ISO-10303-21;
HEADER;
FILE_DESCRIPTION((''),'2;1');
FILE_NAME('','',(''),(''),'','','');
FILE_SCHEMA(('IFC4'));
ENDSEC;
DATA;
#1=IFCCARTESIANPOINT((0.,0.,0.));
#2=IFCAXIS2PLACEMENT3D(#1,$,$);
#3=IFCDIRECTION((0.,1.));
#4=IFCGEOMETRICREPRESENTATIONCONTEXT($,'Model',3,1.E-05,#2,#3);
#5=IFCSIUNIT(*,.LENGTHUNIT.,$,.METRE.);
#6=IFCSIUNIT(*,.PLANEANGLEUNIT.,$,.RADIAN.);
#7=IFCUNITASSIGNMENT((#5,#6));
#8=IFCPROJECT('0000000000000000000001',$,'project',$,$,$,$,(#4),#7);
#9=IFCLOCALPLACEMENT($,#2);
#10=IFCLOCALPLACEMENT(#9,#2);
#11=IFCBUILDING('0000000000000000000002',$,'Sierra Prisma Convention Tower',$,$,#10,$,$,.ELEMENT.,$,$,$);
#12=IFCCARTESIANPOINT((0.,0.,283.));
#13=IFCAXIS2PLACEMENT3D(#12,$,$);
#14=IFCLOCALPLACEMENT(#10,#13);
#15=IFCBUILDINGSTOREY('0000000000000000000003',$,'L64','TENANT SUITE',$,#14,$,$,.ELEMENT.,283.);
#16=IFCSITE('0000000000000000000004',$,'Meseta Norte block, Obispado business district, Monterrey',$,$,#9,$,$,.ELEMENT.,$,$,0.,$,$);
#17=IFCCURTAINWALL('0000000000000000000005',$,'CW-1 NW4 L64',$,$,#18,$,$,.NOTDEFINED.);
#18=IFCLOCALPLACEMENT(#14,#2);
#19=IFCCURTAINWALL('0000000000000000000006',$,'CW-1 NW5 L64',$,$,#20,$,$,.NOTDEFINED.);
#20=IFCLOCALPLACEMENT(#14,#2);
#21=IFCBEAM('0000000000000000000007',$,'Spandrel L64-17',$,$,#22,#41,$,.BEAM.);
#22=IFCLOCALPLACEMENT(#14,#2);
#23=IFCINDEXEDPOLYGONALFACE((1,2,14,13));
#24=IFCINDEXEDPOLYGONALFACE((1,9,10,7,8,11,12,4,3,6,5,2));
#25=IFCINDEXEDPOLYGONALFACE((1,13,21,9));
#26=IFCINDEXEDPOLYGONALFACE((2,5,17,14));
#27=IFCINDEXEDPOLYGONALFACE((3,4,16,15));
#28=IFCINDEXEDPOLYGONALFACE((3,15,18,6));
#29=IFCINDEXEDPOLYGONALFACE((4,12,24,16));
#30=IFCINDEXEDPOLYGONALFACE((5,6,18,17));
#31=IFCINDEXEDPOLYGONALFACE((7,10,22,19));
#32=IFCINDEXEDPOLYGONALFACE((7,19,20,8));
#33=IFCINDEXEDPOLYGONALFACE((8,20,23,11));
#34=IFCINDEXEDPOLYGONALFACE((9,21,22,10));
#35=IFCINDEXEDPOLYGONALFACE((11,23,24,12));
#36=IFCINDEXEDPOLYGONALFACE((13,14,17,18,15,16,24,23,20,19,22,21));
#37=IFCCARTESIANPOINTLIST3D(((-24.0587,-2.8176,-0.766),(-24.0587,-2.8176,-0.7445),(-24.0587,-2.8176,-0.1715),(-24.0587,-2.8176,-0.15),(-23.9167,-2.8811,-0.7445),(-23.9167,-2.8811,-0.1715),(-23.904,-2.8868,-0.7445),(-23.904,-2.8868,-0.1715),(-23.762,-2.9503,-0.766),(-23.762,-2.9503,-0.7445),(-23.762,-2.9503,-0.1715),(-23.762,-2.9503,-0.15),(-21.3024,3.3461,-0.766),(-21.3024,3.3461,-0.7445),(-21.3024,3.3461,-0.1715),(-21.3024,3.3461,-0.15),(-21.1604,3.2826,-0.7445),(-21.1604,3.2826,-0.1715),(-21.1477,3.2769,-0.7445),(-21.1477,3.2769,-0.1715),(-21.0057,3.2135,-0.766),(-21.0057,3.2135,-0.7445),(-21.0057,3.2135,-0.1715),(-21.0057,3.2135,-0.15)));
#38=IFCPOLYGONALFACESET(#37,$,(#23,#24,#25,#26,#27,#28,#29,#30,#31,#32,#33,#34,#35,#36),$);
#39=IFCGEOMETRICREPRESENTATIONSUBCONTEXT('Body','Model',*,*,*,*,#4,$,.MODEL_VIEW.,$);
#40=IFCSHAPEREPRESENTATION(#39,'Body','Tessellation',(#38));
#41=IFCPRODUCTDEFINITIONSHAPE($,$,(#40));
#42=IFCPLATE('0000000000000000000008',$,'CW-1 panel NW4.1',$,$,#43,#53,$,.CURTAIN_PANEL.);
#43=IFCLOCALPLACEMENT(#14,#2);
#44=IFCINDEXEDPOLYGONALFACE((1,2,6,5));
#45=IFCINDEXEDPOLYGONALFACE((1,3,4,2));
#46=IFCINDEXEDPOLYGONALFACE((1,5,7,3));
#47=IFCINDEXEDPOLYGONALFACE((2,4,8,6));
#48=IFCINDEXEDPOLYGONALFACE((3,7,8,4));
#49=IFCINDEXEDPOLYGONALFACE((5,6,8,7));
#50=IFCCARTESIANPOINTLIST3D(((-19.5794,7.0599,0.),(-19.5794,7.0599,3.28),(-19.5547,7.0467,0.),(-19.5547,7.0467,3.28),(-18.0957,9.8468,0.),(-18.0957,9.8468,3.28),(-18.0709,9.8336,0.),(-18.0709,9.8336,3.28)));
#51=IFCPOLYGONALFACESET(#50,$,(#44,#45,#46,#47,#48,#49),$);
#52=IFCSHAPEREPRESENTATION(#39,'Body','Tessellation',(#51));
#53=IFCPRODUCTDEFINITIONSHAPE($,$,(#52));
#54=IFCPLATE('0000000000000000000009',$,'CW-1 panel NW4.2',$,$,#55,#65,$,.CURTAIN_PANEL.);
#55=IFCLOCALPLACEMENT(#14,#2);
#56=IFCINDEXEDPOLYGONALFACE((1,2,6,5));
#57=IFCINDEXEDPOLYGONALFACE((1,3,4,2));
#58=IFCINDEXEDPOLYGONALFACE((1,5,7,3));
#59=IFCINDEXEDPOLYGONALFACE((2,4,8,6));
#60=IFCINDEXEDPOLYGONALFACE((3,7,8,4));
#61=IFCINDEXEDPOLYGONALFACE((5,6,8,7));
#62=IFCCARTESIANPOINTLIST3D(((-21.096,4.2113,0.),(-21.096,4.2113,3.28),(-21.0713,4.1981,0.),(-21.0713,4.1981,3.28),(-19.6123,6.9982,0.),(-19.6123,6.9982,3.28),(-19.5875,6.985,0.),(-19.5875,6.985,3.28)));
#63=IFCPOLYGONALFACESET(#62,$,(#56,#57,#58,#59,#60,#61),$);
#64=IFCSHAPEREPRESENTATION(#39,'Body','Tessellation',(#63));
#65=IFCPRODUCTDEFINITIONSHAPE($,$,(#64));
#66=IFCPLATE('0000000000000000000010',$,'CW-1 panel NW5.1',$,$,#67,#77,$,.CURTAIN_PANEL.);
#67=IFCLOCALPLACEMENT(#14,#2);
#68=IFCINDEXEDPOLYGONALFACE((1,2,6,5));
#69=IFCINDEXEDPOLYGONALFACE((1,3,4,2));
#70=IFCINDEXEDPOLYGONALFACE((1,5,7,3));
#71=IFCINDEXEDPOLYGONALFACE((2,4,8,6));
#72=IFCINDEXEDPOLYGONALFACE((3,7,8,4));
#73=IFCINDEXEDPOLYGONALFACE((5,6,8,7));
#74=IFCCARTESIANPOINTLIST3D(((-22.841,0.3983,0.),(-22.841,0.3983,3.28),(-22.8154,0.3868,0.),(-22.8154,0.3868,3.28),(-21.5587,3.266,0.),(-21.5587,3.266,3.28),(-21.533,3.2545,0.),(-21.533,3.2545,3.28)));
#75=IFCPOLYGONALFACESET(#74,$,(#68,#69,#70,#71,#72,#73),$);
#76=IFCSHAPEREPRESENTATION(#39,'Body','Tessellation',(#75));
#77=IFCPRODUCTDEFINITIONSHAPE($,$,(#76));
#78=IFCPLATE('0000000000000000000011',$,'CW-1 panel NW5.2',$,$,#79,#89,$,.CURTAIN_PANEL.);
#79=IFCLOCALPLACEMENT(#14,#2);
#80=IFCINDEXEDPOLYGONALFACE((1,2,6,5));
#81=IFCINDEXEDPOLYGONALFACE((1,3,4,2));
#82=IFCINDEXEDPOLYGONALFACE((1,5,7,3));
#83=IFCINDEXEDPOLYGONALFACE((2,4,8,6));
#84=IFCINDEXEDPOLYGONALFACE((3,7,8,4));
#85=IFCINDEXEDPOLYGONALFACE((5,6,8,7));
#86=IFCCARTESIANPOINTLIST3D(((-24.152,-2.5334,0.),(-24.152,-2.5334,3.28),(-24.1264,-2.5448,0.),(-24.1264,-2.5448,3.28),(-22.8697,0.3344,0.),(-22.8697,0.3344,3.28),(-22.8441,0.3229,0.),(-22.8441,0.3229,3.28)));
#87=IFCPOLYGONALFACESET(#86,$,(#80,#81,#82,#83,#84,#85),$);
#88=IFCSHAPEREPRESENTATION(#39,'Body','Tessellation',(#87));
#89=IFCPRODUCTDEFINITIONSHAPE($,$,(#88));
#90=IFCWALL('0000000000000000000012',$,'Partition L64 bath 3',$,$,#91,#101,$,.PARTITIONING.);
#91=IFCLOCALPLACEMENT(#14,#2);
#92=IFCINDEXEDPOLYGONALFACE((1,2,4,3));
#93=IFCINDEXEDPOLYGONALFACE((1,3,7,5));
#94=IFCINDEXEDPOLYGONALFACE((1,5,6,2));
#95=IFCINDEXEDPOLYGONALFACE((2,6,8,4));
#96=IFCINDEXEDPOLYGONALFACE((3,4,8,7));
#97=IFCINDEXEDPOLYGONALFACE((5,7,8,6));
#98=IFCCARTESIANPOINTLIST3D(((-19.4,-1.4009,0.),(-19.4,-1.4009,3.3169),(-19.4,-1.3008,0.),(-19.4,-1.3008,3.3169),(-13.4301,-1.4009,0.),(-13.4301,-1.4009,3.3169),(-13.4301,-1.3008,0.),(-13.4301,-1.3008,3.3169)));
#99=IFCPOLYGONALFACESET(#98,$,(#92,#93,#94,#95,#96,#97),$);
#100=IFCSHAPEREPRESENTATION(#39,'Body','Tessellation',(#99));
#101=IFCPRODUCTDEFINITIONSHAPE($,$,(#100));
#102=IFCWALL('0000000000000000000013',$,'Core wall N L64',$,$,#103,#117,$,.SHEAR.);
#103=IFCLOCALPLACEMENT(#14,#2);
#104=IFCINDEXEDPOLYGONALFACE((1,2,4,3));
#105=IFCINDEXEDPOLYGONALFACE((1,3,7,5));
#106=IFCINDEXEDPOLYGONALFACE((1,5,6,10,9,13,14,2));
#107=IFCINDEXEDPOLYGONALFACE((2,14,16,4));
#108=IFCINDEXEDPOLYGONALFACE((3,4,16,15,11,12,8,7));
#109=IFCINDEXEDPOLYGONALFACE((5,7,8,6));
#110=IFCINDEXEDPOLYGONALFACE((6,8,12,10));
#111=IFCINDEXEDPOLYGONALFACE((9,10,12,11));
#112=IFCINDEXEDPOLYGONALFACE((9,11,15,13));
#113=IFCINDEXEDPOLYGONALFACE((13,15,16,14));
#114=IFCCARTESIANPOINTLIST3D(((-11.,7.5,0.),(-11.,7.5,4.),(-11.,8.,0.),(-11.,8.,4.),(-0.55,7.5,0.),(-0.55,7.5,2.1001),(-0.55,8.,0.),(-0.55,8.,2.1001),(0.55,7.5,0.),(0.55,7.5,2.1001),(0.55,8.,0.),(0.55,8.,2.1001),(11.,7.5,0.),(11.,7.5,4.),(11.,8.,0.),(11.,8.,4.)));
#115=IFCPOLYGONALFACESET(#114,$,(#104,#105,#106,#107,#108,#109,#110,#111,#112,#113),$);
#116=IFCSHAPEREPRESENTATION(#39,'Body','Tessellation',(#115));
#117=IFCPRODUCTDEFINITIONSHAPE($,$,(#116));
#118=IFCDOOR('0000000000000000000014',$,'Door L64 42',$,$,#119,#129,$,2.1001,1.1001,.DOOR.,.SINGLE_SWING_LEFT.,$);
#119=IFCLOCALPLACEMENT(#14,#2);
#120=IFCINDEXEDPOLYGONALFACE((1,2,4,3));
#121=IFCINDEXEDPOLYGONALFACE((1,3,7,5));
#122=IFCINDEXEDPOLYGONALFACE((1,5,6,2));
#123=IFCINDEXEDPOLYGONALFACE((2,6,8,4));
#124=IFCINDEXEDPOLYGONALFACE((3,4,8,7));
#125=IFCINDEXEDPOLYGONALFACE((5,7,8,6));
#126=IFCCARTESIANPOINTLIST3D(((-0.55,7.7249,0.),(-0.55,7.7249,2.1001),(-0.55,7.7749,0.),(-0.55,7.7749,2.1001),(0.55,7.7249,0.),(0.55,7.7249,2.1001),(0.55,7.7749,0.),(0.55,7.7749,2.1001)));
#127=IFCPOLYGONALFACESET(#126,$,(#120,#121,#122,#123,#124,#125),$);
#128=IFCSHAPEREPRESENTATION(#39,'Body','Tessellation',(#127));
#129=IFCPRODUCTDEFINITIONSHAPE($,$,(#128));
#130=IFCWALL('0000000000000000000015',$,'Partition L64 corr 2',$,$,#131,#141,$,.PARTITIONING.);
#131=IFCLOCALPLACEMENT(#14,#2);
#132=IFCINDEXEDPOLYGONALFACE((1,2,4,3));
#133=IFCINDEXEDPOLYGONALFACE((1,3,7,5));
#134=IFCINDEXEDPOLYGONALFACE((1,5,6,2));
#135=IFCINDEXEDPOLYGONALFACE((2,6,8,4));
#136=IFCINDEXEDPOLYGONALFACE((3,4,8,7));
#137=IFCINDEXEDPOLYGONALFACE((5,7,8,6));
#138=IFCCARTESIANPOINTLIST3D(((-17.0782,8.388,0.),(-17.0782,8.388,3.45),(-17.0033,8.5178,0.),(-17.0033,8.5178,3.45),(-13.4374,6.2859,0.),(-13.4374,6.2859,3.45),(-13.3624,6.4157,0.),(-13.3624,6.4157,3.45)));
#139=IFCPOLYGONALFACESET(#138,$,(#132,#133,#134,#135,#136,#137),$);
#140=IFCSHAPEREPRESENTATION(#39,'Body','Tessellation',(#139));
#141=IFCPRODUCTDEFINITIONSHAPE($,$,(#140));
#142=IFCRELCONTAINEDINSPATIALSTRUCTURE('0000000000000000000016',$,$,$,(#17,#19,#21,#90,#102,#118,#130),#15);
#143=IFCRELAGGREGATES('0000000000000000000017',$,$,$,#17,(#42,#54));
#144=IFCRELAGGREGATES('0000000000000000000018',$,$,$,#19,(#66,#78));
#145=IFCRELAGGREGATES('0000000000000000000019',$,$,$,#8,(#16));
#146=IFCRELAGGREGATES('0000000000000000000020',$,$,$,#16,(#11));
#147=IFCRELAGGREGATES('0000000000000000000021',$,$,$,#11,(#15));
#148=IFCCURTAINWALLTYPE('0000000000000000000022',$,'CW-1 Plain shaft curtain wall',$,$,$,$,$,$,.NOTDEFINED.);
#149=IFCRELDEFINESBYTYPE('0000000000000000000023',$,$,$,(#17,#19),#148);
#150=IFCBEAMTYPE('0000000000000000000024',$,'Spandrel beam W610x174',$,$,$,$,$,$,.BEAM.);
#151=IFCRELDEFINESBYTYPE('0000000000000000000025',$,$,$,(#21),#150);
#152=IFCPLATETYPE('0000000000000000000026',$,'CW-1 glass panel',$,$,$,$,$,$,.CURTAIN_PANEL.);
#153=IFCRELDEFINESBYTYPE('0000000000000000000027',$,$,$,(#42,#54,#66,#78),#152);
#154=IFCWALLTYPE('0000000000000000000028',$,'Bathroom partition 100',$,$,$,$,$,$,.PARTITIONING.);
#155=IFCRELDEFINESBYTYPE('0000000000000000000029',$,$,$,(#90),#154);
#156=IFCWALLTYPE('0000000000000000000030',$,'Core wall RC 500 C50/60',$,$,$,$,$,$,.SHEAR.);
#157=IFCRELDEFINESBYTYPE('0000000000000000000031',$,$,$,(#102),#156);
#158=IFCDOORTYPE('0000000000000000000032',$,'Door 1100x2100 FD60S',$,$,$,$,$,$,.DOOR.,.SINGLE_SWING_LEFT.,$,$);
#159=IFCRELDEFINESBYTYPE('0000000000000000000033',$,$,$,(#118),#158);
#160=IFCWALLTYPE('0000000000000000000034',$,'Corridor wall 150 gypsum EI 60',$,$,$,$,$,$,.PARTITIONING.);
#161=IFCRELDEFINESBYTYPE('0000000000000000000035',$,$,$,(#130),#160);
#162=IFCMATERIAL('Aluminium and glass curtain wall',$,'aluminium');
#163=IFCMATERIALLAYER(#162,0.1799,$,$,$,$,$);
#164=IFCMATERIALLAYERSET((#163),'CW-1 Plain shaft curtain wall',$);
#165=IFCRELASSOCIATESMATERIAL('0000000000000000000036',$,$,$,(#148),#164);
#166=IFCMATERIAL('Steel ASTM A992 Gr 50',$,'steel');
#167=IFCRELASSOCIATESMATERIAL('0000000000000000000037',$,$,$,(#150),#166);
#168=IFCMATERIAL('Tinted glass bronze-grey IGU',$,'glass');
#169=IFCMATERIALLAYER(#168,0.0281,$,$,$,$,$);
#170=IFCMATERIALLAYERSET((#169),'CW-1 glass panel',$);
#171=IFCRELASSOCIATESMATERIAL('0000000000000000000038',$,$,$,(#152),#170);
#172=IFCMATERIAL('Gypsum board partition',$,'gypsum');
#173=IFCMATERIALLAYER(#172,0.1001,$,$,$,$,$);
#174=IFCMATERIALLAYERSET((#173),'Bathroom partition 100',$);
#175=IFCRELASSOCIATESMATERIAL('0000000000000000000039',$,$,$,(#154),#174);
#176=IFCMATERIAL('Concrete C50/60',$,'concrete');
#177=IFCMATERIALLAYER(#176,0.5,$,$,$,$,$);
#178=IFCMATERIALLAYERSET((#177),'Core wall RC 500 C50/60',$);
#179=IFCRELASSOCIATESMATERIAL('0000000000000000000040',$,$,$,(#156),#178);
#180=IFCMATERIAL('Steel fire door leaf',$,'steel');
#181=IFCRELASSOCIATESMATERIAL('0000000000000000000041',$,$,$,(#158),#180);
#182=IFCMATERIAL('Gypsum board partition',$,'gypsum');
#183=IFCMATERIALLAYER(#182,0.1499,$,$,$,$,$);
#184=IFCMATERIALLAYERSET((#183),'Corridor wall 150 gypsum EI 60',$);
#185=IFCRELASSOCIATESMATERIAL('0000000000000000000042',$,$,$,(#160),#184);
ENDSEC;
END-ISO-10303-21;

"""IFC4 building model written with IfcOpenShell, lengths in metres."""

from ifc_helpers import new_model, si_unit, direction, frame, frame_2d, origin, origin_2d, place, context, subcontext, project, spatial, rectangle, i_section, extrude, material, layer, layer_set, material_profile, profile_set, type_object, element, fill, aggregate, save


model = new_model("IFC4")

# Units and contexts
model_context = context("Model", 3, precision=1e-05, world=origin(), true_north=direction((0.0, 1.0)))
body_context = subcontext(model_context, "Body", "Model", "MODEL_VIEW")
ifc_project = project(units=[si_unit("LENGTHUNIT", "METRE"), si_unit("PLANEANGLEUNIT", "RADIAN")], contexts=[model_context])

# Site, building, storey
site_placement = place(None, origin())
site = spatial("IfcSite", under=ifc_project, at=site_placement, Name="Meseta Norte block, Obispado business district, Monterrey", CompositionType="ELEMENT", RefElevation=0.0)
building_placement = place(site_placement, origin())
building = spatial("IfcBuilding", under=site, at=building_placement, Name="Sierra Prisma Convention Tower", CompositionType="ELEMENT")
storey_placement = place(building_placement, frame((0.0, 0.0, 283.0)))
storey = spatial("IfcBuildingStorey", under=building, at=storey_placement, Name="L64", Description="TENANT SUITE", CompositionType="ELEMENT", Elevation=283.0)

# Curtain wall
ifc_material_1 = material(Name="Aluminium and glass curtain wall", Category="aluminium")
ifc_layer_1 = layer(ifc_material_1, 0.1799)
ifc_layer_set_1 = layer_set([ifc_layer_1], Name="CW-1 Plain shaft curtain wall")
curtain_wall_type = type_object("IfcCurtainWallType", Name="CW-1 Plain shaft curtain wall", PredefinedType="NOTDEFINED", material=ifc_layer_set_1)
curtain_wall_1_placement = place(storey_placement, origin())
curtain_wall_1 = element("IfcCurtainWall", 1, at=curtain_wall_1_placement, inside=storey, type_object=curtain_wall_type, Name="CW-1 NW4 L64", PredefinedType="NOTDEFINED")

# Curtain wall
curtain_wall_2_placement = place(storey_placement, origin())
curtain_wall_2 = element("IfcCurtainWall", 2, at=curtain_wall_2_placement, inside=storey, type_object=curtain_wall_type, Name="CW-1 NW5 L64", PredefinedType="NOTDEFINED")

# Beam
ifc_material_2 = material(Name="Steel ASTM A992 Gr 50", Category="steel")
ifc_material_profile_1 = material_profile(ifc_material_2, i_section(OverallWidth=0.325, OverallDepth=0.616, WebThickness=0.0139, FlangeThickness=0.0215, at=origin_2d()), Name="W610x174")
ifc_profile_set_1 = profile_set([ifc_material_profile_1], Name="Steel ASTM A992 Gr 50")
beam_type_1 = type_object("IfcBeamType", Name="Spandrel beam W610x174", PredefinedType="BEAM", material=ifc_profile_set_1)
beam_1_placement = place(storey_placement, frame((-21.1541, 3.2798, -0.458), z_axis=(-0.408224, -0.912882, 0.0), x_axis=(0.912882, -0.408224, 0.0)))
element("IfcBeam", 3, at=beam_1_placement, inside=storey, type_object=beam_type_1, Name="Spandrel L64-17", PredefinedType="BEAM", context=body_context, shape_type="SweptSolid", body=[
    extrude(i_section(OverallWidth=0.325, OverallDepth=0.616, WebThickness=0.0139, FlangeThickness=0.0215, at=origin_2d()), origin(), (0.0, 0.0, 1.0), 6.752),
])

# Plates
ifc_material_3 = material(Name="Tinted glass bronze-grey IGU", Category="glass")
ifc_layer_2 = layer(ifc_material_3, 0.0281)
ifc_layer_set_2 = layer_set([ifc_layer_2], Name="CW-1 glass panel")
plate_type = type_object("IfcPlateType", Name="CW-1 glass panel", PredefinedType="CURTAIN_PANEL", material=ifc_layer_set_2)
plate_1_placement = place(storey_placement, frame((-18.8252, 8.4468, 0.0), z_axis=(0.0, 0.0, 1.0), x_axis=(-0.469945, -0.882696, 0.0)))
plate_1 = element("IfcPlate", 4, at=plate_1_placement, type_object=plate_type, Name="CW-1 panel NW4.1", PredefinedType="CURTAIN_PANEL", context=body_context, shape_type="SweptSolid", body=[
    extrude(rectangle(XDim=3.1572, YDim=0.0281, at=origin_2d()), origin(), (0.0, 0.0, 1.0), 3.28),
])
plate_2_placement = place(storey_placement, frame((-20.3418, 5.5981, 0.0), z_axis=(0.0, 0.0, 1.0), x_axis=(-0.469945, -0.882696, 0.0)))
plate_2 = element("IfcPlate", 5, at=plate_2_placement, type_object=plate_type, Name="CW-1 panel NW4.2", PredefinedType="CURTAIN_PANEL", context=body_context, shape_type="SweptSolid", body=[
    extrude(rectangle(XDim=3.1572, YDim=0.0281, at=origin_2d()), origin(), (0.0, 0.0, 1.0), 3.28),
])
aggregate(curtain_wall_1, [plate_1, plate_2])
plate_3_placement = place(storey_placement, frame((-22.187, 1.8264, 0.0), z_axis=(0.0, 0.0, 1.0), x_axis=(-0.408205, -0.91289, 0.0)))
plate_3 = element("IfcPlate", 6, at=plate_3_placement, type_object=plate_type, Name="CW-1 panel NW5.1", PredefinedType="CURTAIN_PANEL", context=body_context, shape_type="SweptSolid", body=[
    extrude(rectangle(XDim=3.1414, YDim=0.0281, at=origin_2d()), origin(), (0.0, 0.0, 1.0), 3.28),
])
plate_4_placement = place(storey_placement, frame((-23.498, -1.1052, 0.0), z_axis=(0.0, 0.0, 1.0), x_axis=(-0.408205, -0.91289, 0.0)))
plate_4 = element("IfcPlate", 7, at=plate_4_placement, type_object=plate_type, Name="CW-1 panel NW5.2", PredefinedType="CURTAIN_PANEL", context=body_context, shape_type="SweptSolid", body=[
    extrude(rectangle(XDim=3.1414, YDim=0.0281, at=origin_2d()), origin(), (0.0, 0.0, 1.0), 3.28),
])
aggregate(curtain_wall_2, [plate_3, plate_4])

# Wall
ifc_material_4 = material(Name="Gypsum board partition", Category="gypsum")
ifc_layer_3 = layer(ifc_material_4, 0.1001)
ifc_layer_set_3 = layer_set([ifc_layer_3], Name="Bathroom partition 100")
wall_type_1 = type_object("IfcWallType", Name="Bathroom partition 100", PredefinedType="PARTITIONING", material=ifc_layer_set_3)
wall_1_placement = place(storey_placement, frame((-19.3999, -1.3508, 0.0), z_axis=(0.0, 0.0, 1.0), x_axis=(1.0, 0.0, 0.0)))
element("IfcWall", 8, at=wall_1_placement, inside=storey, type_object=wall_type_1, Name="Partition L64 bath 3", PredefinedType="PARTITIONING", context=body_context, shape_type="SweptSolid", body=[
    extrude(rectangle(XDim=5.97, YDim=0.1001, at=frame_2d((2.9849, 0.0))), origin(), (0.0, 0.0, 1.0), 3.3169),
])

# Wall, opening, door
ifc_material_5 = material(Name="Concrete C50/60", Category="concrete")
ifc_layer_4 = layer(ifc_material_5, 0.5)
ifc_layer_set_4 = layer_set([ifc_layer_4], Name="Core wall RC 500 C50/60")
wall_type_2 = type_object("IfcWallType", Name="Core wall RC 500 C50/60", PredefinedType="SHEAR", material=ifc_layer_set_4)
wall_2_placement = place(storey_placement, frame((-11.0, 7.75, 0.0), z_axis=(0.0, 0.0, 1.0), x_axis=(1.0, 0.0, 0.0)))
wall_2 = element("IfcWall", 9, at=wall_2_placement, inside=storey, type_object=wall_type_2, Name="Core wall N L64", PredefinedType="SHEAR", context=body_context, shape_type="SweptSolid", body=[
    extrude(rectangle(XDim=22.0, YDim=0.5, at=frame_2d((11.0, 0.0))), origin(), (0.0, 0.0, 1.0), 4.0),
])
opening_1_placement = place(wall_2_placement, frame((10.45, 0.0, 0.0)))
opening_1 = element("IfcOpeningElement", 10, at=opening_1_placement, cuts=wall_2, PredefinedType="OPENING", context=body_context, shape_type="SweptSolid", body=[
    extrude(rectangle(XDim=1.1001, YDim=2.1001, at=frame_2d((0.55, 1.05))), frame((0.0, 0.25, 0.0), z_axis=(0.0, -1.0, 0.0), x_axis=(1.0, 0.0, 0.0)), (0.0, 0.0, 1.0), 0.5),
])
ifc_material_6 = material(Name="Steel fire door leaf", Category="steel")
door_type_1 = type_object("IfcDoorType", Name="Door 1100x2100 FD60S", OperationType="SINGLE_SWING_LEFT", PredefinedType="DOOR", material=ifc_material_6)
door_1_placement = place(opening_1_placement, origin())
door_1 = element("IfcDoor", 11, at=door_1_placement, inside=storey, type_object=door_type_1, Name="Door L64 42", OperationType="SINGLE_SWING_LEFT", OverallHeight=2.1001, OverallWidth=1.1001, PredefinedType="DOOR", context=body_context, shape_type="SweptSolid", body=[
    extrude(rectangle(XDim=1.1001, YDim=2.1001, at=frame_2d((0.55, 1.05))), frame((0.0, 0.0249, 0.0), z_axis=(0.0, -1.0, 0.0), x_axis=(1.0, 0.0, 0.0)), (0.0, 0.0, 1.0), 0.05),
])
fill(opening_1, door_1)

# Wall
ifc_material_7 = material(Name="Gypsum board partition", Category="gypsum")
ifc_layer_5 = layer(ifc_material_7, 0.1499)
ifc_layer_set_5 = layer_set([ifc_layer_5], Name="Corridor wall 150 gypsum EI 60")
wall_type_3 = type_object("IfcWallType", Name="Corridor wall 150 gypsum EI 60", PredefinedType="PARTITIONING", material=ifc_layer_set_5)
wall_3_placement = place(storey_placement, frame((-17.0408, 8.4529, 0.0), z_axis=(0.0, 0.0, 1.0), x_axis=(0.866026, -0.499999, 0.0)))
element("IfcWall", 12, at=wall_3_placement, inside=storey, type_object=wall_type_3, Name="Partition L64 corr 2", PredefinedType="PARTITIONING", context=body_context, shape_type="SweptSolid", body=[
    extrude(rectangle(XDim=4.2041, YDim=0.1499, at=frame_2d((2.1021, 0.0))), origin(), (0.0, 0.0, 1.0), 3.45),
])

save(model, "model.ifc")
